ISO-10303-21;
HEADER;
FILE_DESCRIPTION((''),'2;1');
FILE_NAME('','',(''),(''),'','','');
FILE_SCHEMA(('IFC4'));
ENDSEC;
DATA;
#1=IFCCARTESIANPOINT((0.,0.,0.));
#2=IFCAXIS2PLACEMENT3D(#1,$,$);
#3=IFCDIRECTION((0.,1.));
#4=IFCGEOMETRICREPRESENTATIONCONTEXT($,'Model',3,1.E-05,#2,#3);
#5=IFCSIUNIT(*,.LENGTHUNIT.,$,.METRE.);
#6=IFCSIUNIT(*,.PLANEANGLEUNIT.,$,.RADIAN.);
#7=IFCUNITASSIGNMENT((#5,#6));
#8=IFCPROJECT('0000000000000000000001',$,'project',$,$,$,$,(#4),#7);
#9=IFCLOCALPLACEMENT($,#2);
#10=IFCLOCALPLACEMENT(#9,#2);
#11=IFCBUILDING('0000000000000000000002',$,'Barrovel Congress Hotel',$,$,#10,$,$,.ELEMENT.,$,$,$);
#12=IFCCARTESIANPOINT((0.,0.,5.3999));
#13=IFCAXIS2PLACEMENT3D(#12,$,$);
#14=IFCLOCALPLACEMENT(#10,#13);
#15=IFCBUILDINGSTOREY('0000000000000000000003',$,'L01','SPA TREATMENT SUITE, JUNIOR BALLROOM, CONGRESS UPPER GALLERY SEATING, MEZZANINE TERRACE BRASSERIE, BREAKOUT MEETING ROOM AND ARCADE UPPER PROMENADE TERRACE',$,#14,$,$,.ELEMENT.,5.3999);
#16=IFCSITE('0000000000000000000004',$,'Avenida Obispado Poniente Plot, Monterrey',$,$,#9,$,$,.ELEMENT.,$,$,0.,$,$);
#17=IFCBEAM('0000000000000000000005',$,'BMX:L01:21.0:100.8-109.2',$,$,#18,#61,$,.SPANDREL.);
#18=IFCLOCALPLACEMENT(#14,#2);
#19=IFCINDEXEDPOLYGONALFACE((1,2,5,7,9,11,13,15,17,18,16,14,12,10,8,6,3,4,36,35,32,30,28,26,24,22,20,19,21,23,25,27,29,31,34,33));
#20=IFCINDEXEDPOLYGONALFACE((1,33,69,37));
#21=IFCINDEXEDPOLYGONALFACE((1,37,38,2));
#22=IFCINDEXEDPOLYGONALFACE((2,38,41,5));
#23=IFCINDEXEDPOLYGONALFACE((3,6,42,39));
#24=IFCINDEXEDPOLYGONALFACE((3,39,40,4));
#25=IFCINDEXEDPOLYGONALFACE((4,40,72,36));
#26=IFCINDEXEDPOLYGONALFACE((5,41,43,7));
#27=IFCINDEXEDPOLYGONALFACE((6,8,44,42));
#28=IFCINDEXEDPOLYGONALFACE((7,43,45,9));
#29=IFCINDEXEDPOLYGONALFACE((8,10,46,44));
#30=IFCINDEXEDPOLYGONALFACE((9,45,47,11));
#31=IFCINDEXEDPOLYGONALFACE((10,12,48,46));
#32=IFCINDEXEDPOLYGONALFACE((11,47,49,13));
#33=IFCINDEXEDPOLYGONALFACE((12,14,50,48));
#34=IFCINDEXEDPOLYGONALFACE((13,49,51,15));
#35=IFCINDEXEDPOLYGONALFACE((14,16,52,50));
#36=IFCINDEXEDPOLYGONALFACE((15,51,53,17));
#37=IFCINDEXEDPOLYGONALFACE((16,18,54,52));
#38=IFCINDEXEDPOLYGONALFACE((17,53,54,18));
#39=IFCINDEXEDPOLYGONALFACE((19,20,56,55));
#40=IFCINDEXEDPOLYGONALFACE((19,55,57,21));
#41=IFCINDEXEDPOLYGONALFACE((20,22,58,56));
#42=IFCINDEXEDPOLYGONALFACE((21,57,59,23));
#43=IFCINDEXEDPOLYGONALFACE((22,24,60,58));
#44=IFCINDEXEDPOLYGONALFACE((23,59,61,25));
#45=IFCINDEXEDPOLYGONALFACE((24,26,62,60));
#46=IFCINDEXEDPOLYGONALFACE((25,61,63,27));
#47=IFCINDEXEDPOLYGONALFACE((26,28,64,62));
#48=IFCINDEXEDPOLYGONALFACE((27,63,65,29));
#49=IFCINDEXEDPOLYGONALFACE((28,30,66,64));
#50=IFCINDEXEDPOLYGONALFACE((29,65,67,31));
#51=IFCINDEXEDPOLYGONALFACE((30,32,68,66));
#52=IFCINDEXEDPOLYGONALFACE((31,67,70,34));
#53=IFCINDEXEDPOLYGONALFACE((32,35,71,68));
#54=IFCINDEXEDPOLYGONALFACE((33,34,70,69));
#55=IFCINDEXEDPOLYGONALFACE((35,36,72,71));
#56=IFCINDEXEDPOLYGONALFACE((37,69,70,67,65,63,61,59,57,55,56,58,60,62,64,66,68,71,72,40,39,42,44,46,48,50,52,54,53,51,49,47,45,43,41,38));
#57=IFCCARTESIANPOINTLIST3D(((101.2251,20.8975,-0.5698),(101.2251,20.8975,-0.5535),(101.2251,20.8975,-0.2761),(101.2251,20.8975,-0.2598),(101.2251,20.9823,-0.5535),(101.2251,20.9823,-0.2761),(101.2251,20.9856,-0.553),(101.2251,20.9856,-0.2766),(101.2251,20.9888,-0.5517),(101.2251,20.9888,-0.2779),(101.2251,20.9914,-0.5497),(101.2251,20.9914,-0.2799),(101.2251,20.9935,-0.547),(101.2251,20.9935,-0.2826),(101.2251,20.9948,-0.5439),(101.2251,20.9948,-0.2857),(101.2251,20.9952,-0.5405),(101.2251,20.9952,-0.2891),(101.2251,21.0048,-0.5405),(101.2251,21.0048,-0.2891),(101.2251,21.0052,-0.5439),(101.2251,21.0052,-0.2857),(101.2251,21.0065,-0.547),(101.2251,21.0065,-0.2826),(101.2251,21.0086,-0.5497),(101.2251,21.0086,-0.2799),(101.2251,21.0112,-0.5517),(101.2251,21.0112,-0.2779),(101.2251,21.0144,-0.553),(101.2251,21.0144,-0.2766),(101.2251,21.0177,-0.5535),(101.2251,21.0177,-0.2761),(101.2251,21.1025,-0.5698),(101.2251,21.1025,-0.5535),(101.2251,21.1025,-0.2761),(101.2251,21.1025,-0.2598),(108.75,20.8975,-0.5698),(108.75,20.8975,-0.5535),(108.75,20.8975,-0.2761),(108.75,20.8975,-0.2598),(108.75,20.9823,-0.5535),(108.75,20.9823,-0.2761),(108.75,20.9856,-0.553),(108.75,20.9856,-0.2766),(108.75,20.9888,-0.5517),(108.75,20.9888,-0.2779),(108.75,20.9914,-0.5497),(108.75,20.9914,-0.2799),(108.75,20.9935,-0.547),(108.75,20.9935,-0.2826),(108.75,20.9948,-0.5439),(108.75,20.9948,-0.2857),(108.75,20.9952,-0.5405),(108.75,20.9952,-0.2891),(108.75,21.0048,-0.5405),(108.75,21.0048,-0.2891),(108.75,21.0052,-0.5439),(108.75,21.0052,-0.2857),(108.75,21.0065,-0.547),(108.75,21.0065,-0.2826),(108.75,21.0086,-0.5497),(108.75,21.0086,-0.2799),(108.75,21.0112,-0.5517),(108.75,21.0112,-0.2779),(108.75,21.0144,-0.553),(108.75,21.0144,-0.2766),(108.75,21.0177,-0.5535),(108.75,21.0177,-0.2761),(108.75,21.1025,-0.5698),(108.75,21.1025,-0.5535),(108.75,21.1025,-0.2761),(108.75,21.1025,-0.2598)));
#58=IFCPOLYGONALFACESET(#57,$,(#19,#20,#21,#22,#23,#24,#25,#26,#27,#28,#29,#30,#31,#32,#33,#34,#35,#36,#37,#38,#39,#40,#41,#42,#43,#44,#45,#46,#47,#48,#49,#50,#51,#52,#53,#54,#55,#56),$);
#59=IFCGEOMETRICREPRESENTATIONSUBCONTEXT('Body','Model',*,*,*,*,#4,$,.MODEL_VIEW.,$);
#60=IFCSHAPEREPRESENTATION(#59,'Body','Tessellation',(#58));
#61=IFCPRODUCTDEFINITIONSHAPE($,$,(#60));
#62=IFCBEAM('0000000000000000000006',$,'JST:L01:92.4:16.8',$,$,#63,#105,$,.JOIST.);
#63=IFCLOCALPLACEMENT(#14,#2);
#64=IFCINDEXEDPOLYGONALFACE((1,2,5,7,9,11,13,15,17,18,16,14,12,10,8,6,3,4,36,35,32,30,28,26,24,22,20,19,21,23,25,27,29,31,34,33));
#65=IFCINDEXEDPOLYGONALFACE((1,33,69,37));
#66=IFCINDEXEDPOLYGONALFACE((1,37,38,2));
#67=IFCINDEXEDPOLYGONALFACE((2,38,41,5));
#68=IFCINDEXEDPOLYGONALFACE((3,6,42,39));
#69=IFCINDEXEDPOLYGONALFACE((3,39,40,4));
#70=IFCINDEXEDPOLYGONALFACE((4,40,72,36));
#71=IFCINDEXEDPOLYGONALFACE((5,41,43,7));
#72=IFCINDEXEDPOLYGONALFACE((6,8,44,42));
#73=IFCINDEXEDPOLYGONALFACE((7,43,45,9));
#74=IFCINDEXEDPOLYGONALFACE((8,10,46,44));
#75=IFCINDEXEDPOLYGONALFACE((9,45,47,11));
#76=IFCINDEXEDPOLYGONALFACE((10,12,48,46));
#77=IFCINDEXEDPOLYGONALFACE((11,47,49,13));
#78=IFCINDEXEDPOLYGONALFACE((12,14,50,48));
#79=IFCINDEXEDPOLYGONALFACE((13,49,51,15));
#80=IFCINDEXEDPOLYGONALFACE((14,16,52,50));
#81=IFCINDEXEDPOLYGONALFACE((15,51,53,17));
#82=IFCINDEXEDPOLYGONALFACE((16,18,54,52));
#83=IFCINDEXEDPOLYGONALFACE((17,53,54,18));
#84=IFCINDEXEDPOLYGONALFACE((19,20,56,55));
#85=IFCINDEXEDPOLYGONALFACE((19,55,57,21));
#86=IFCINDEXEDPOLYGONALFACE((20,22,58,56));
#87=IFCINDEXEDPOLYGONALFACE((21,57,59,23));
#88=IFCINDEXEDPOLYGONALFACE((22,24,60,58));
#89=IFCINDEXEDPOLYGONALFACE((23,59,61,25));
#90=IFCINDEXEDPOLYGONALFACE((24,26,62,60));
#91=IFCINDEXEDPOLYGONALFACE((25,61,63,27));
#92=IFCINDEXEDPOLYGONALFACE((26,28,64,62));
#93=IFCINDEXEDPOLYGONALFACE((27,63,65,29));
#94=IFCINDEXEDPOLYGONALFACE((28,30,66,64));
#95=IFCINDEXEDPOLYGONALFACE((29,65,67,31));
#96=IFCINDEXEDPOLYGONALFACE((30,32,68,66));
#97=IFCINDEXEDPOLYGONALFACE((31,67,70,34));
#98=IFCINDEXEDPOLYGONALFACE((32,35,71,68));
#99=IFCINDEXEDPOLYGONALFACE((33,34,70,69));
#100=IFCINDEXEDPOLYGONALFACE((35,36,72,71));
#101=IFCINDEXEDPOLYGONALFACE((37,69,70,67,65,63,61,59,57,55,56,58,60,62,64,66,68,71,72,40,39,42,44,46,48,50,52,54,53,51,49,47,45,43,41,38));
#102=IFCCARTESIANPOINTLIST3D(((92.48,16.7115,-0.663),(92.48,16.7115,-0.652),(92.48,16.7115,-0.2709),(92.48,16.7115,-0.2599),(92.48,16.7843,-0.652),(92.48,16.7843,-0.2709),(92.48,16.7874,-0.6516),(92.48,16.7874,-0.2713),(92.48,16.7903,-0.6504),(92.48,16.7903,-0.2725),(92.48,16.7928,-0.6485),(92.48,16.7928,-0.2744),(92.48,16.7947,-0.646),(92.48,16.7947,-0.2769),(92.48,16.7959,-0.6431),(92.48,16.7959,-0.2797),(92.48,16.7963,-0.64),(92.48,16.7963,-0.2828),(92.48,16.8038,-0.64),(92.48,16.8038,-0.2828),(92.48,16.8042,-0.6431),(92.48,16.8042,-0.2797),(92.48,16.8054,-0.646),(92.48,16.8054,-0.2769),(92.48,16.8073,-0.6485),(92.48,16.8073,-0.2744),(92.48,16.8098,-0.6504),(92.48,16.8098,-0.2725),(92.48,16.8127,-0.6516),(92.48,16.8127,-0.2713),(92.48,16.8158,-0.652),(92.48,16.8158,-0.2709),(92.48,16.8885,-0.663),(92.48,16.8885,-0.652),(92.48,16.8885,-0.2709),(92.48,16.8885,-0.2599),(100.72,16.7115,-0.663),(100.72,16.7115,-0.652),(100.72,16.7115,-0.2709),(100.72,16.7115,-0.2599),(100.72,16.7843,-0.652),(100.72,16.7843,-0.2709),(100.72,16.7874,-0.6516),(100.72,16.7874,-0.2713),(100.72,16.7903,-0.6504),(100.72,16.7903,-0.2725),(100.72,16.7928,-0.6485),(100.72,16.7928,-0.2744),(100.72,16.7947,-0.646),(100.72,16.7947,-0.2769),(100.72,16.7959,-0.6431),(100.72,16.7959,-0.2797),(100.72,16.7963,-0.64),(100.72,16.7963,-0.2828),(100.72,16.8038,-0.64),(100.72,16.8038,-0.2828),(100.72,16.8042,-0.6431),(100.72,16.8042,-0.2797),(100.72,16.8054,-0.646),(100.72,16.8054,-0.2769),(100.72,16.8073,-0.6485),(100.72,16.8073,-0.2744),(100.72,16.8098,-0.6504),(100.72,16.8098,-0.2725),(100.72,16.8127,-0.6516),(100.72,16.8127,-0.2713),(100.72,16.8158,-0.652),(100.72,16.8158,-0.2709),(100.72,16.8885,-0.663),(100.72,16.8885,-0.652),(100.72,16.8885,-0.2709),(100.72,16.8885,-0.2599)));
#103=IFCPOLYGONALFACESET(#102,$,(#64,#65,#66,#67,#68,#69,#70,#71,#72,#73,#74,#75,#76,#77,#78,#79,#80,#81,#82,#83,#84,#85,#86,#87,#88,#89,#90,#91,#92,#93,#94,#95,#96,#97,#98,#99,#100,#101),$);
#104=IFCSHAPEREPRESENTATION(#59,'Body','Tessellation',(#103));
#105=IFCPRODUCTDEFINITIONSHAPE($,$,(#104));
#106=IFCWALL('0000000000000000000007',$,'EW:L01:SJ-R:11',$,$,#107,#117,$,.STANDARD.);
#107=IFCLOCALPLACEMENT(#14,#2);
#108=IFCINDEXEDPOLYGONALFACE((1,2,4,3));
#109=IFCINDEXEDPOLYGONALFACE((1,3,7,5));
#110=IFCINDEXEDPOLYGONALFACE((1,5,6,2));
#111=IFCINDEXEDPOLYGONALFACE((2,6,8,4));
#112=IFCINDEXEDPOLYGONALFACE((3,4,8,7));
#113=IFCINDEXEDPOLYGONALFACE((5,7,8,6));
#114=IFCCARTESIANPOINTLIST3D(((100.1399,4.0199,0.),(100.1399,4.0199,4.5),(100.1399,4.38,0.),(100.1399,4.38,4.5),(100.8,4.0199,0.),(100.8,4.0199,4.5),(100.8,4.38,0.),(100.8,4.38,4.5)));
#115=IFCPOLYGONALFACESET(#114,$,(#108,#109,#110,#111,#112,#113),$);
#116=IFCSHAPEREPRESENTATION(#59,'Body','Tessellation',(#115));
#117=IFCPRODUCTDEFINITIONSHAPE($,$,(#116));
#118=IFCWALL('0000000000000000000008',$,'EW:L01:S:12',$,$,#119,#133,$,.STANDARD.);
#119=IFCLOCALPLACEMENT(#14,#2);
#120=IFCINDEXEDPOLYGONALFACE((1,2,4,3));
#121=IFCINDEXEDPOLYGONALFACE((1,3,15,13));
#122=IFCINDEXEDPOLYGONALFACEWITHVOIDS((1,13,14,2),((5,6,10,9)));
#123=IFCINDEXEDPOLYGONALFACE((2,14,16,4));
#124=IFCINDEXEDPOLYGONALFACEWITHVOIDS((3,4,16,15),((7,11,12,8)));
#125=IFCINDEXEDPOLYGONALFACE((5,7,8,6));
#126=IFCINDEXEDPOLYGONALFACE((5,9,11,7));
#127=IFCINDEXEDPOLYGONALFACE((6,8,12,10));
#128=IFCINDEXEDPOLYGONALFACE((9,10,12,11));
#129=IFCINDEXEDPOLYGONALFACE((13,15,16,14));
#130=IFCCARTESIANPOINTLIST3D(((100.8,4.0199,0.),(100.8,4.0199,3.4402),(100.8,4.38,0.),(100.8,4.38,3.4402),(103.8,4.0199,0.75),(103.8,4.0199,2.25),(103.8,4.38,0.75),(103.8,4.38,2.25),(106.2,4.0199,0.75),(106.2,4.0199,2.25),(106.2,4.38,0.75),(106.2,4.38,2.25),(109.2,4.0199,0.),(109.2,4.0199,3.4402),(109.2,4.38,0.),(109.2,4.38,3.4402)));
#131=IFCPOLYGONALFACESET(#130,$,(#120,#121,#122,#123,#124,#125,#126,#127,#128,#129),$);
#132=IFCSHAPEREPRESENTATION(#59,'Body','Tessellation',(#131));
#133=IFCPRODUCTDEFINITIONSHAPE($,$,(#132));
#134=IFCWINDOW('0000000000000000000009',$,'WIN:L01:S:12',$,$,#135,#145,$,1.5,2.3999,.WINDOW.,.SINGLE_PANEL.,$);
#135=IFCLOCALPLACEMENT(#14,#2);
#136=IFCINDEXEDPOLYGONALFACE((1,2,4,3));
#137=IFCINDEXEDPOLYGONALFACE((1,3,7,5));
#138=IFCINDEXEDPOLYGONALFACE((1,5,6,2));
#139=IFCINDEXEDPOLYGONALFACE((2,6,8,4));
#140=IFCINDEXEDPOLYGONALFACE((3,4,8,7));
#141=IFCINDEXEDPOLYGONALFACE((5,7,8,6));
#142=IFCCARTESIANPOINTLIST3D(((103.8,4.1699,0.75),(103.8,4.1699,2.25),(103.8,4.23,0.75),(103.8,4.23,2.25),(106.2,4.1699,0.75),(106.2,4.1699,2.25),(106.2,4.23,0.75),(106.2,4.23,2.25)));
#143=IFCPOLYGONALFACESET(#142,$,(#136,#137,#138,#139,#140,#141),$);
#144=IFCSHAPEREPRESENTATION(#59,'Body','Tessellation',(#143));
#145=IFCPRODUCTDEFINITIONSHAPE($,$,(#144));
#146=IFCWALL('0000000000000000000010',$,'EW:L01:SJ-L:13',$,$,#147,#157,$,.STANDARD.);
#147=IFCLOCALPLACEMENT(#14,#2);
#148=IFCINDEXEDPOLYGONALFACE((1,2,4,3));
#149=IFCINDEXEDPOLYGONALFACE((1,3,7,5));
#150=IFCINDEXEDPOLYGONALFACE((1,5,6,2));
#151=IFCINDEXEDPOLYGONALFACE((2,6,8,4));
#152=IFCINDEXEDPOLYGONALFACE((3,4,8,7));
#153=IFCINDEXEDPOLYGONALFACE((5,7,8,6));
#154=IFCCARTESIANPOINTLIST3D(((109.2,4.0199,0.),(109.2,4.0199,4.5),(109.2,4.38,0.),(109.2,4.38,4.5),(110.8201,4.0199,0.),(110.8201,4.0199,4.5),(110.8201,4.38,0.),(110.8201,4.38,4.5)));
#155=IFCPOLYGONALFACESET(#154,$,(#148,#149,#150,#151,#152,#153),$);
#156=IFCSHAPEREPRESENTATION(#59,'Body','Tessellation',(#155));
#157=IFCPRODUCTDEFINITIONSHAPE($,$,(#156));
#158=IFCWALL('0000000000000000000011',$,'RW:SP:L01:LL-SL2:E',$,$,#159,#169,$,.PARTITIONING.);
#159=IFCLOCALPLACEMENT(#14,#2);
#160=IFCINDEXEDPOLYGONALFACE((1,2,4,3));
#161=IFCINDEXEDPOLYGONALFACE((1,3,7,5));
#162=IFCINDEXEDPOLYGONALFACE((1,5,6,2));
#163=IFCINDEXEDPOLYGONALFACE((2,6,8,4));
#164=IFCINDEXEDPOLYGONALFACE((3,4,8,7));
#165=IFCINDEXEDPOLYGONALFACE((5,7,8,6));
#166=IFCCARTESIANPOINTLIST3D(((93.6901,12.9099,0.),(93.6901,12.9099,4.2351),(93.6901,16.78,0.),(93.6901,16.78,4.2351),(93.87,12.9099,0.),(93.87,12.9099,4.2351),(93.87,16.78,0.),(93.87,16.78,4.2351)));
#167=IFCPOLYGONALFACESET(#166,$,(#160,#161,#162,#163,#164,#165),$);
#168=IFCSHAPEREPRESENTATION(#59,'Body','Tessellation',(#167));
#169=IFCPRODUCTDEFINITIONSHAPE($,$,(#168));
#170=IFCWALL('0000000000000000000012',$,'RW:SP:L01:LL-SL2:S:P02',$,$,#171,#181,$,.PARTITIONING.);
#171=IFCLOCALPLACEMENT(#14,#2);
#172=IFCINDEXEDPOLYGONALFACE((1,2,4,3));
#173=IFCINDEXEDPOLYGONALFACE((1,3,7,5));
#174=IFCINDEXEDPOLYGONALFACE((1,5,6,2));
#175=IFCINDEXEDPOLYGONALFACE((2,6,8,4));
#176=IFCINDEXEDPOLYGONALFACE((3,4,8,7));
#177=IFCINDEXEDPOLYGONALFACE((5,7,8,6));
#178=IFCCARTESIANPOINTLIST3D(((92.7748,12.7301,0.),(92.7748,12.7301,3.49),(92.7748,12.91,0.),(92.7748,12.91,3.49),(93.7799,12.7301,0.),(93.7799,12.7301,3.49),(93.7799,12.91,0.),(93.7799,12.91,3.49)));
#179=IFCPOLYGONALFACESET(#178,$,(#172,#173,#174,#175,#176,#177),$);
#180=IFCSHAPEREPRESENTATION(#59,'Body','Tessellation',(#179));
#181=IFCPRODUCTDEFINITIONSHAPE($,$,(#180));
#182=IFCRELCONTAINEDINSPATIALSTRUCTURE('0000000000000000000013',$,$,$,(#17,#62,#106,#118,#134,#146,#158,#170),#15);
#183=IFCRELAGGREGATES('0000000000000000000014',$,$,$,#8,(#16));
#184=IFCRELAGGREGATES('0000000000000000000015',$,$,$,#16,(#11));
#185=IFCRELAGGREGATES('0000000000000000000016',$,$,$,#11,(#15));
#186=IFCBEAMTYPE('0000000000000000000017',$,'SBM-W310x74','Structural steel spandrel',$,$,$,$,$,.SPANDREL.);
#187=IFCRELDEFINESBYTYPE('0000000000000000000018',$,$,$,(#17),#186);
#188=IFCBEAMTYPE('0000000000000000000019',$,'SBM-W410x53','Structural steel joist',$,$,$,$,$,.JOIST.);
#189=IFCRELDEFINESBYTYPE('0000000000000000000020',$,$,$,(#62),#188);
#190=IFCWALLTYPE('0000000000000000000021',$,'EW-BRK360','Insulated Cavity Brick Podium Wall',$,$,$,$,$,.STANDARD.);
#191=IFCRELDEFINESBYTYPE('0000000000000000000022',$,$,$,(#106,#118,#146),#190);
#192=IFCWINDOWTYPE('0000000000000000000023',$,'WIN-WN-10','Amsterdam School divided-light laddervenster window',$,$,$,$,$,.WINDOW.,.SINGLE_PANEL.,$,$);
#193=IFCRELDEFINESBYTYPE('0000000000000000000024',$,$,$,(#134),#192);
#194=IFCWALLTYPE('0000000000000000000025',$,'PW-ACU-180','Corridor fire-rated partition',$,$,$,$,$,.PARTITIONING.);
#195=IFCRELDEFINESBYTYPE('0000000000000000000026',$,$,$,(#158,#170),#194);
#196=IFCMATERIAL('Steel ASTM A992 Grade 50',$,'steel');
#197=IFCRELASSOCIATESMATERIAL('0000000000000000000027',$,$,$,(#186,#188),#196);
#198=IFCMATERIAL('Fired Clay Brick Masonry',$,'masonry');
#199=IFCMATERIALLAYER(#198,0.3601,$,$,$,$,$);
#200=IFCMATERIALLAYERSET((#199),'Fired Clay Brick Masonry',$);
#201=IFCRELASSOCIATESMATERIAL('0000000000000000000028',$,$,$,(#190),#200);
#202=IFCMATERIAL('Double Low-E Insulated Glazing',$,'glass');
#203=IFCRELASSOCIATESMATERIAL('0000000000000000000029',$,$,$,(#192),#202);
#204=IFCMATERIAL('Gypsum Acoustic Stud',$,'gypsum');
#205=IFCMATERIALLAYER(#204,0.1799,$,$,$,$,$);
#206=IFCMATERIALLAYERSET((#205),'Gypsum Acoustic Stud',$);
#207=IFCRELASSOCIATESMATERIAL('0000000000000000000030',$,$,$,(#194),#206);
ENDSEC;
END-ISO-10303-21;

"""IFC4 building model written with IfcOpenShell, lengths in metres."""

from ifc_helpers import new_model, si_unit, direction, frame, frame_2d, origin, origin_2d, place, context, subcontext, project, spatial, rectangle, i_section, extrude, material, layer, layer_set, material_profile, profile_set, type_object, element, fill, save


model = new_model("IFC4")

# Units and contexts
model_context = context("Model", 3, precision=1e-05, world=origin(), true_north=direction((0.0, 1.0)))
body_context = subcontext(model_context, "Body", "Model", "MODEL_VIEW")
ifc_project = project(units=[si_unit("LENGTHUNIT", "METRE"), si_unit("PLANEANGLEUNIT", "RADIAN")], contexts=[model_context])

# Site, building, storey
site_placement = place(None, origin())
site = spatial("IfcSite", under=ifc_project, at=site_placement, Name="Avenida Obispado Poniente Plot, Monterrey", CompositionType="ELEMENT", RefElevation=0.0)
building_placement = place(site_placement, origin())
building = spatial("IfcBuilding", under=site, at=building_placement, Name="Barrovel Congress Hotel", CompositionType="ELEMENT")
storey_placement = place(building_placement, frame((0.0, 0.0, 5.3999)))
storey = spatial("IfcBuildingStorey", under=building, at=storey_placement, Name="L01", Description="SPA TREATMENT SUITE, JUNIOR BALLROOM, CONGRESS UPPER GALLERY SEATING, MEZZANINE TERRACE BRASSERIE, BREAKOUT MEETING ROOM AND ARCADE UPPER PROMENADE TERRACE", CompositionType="ELEMENT", Elevation=5.3999)

# Beams
ifc_material_1 = material(Name="Steel ASTM A992 Grade 50", Category="steel")
ifc_material_profile_1 = material_profile(ifc_material_1, i_section(OverallWidth=0.2051, OverallDepth=0.3101, WebThickness=0.0095, FlangeThickness=0.0164, FilletRadius=0.0129, at=origin_2d()), Name="W310x74")
ifc_profile_set_1 = profile_set([ifc_material_profile_1], Name="Steel ASTM A992 Grade 50")
beam_type_1 = type_object("IfcBeamType", Name="SBM-W310x74", Description="Structural steel spandrel", PredefinedType="SPANDREL", material=ifc_profile_set_1)
beam_1_placement = place(storey_placement, frame((101.2251, 21.0, -0.4148), z_axis=(1.0, 0.0, 0.0), x_axis=(0.0, 1.0, 0.0)))
element("IfcBeam", 1, at=beam_1_placement, inside=storey, type_object=beam_type_1, Name="BMX:L01:21.0:100.8-109.2", PredefinedType="SPANDREL", context=body_context, shape_type="SweptSolid", body=[
    extrude(i_section(OverallWidth=0.2051, OverallDepth=0.3101, WebThickness=0.0095, FlangeThickness=0.0164, FilletRadius=0.0129, at=origin_2d()), origin(), (0.0, 0.0, 1.0), 7.5249),
])
ifc_material_profile_2 = material_profile(ifc_material_1, i_section(OverallWidth=0.177, OverallDepth=0.4031, WebThickness=0.0076, FlangeThickness=0.011, FilletRadius=0.012, at=origin_2d()), Name="W410x53")
ifc_profile_set_2 = profile_set([ifc_material_profile_2], Name="Steel ASTM A992 Grade 50")
beam_type_2 = type_object("IfcBeamType", Name="SBM-W410x53", Description="Structural steel joist", PredefinedType="JOIST", material=ifc_profile_set_2)
beam_2_placement = place(storey_placement, frame((92.48, 16.8, -0.4614), z_axis=(1.0, 0.0, 0.0), x_axis=(0.0, 1.0, 0.0)))
element("IfcBeam", 2, at=beam_2_placement, inside=storey, type_object=beam_type_2, Name="JST:L01:92.4:16.8", PredefinedType="JOIST", context=body_context, shape_type="SweptSolid", body=[
    extrude(i_section(OverallWidth=0.177, OverallDepth=0.4031, WebThickness=0.0076, FlangeThickness=0.011, FilletRadius=0.012, at=origin_2d()), origin(), (0.0, 0.0, 1.0), 8.24),
])

# Wall
ifc_material_2 = material(Name="Fired Clay Brick Masonry", Category="masonry")
ifc_layer_1 = layer(ifc_material_2, 0.3601)
ifc_layer_set_1 = layer_set([ifc_layer_1], Name="Fired Clay Brick Masonry")
wall_type_1 = type_object("IfcWallType", Name="EW-BRK360", Description="Insulated Cavity Brick Podium Wall", PredefinedType="STANDARD", material=ifc_layer_set_1)
wall_1_placement = place(storey_placement, frame((100.1399, 4.2, 0.0), z_axis=(0.0, 0.0, 1.0), x_axis=(1.0, 0.0, 0.0)))
element("IfcWall", 3, at=wall_1_placement, inside=storey, type_object=wall_type_1, Name="EW:L01:SJ-R:11", PredefinedType="STANDARD", context=body_context, shape_type="SweptSolid", body=[
    extrude(rectangle(XDim=0.6602, YDim=0.3601, at=frame_2d((0.3301, 0.0))), origin(), (0.0, 0.0, 1.0), 4.5),
])

# Wall, opening, window
wall_2_placement = place(storey_placement, frame((100.8, 4.2, 0.0), z_axis=(0.0, 0.0, 1.0), x_axis=(1.0, 0.0, 0.0)))
wall_2 = element("IfcWall", 4, at=wall_2_placement, inside=storey, type_object=wall_type_1, Name="EW:L01:S:12", PredefinedType="STANDARD", context=body_context, shape_type="SweptSolid", body=[
    extrude(rectangle(XDim=8.3999, YDim=0.3601, at=frame_2d((4.2, 0.0))), origin(), (0.0, 0.0, 1.0), 3.4402),
])
opening_1_placement = place(wall_2_placement, frame((3.0, 0.0, 0.75)))
opening_1 = element("IfcOpeningElement", 5, at=opening_1_placement, cuts=wall_2, PredefinedType="OPENING", context=body_context, shape_type="SweptSolid", body=[
    extrude(rectangle(XDim=2.3999, YDim=1.5, at=frame_2d((1.2, 0.75))), frame((0.0, 0.1899, 0.0), z_axis=(0.0, -1.0, 0.0), x_axis=(1.0, 0.0, 0.0)), (0.0, 0.0, 1.0), 0.3801),
])
ifc_material_3 = material(Name="Double Low-E Insulated Glazing", Category="glass")
window_type = type_object("IfcWindowType", Name="WIN-WN-10", Description="Amsterdam School divided-light laddervenster window", PartitioningType="SINGLE_PANEL", PredefinedType="WINDOW", material=ifc_material_3)
window_placement = place(opening_1_placement, origin())
window = element("IfcWindow", 6, at=window_placement, inside=storey, type_object=window_type, Name="WIN:L01:S:12", OverallHeight=1.5, OverallWidth=2.3999, PartitioningType="SINGLE_PANEL", PredefinedType="WINDOW", context=body_context, shape_type="SweptSolid", body=[
    extrude(rectangle(XDim=2.3999, YDim=1.5, at=frame_2d((1.2, 0.75))), frame((0.0, 0.03, 0.0), z_axis=(0.0, -1.0, 0.0), x_axis=(1.0, 0.0, 0.0)), (0.0, 0.0, 1.0), 0.0601),
])
fill(opening_1, window)

# Walls
wall_3_placement = place(storey_placement, frame((109.2, 4.2, 0.0), z_axis=(0.0, 0.0, 1.0), x_axis=(1.0, 0.0, 0.0)))
element("IfcWall", 7, at=wall_3_placement, inside=storey, type_object=wall_type_1, Name="EW:L01:SJ-L:13", PredefinedType="STANDARD", context=body_context, shape_type="SweptSolid", body=[
    extrude(rectangle(XDim=1.6201, YDim=0.3601, at=frame_2d((0.8101, 0.0))), origin(), (0.0, 0.0, 1.0), 4.5),
])
ifc_material_4 = material(Name="Gypsum Acoustic Stud", Category="gypsum")
ifc_layer_2 = layer(ifc_material_4, 0.1799)
ifc_layer_set_2 = layer_set([ifc_layer_2], Name="Gypsum Acoustic Stud")
wall_type_2 = type_object("IfcWallType", Name="PW-ACU-180", Description="Corridor fire-rated partition", PredefinedType="PARTITIONING", material=ifc_layer_set_2)
wall_4_placement = place(storey_placement, frame((93.78, 12.9099, 0.0), z_axis=(0.0, 0.0, 1.0), x_axis=(0.0, 1.0, 0.0)))
element("IfcWall", 8, at=wall_4_placement, inside=storey, type_object=wall_type_2, Name="RW:SP:L01:LL-SL2:E", PredefinedType="PARTITIONING", context=body_context, shape_type="SweptSolid", body=[
    extrude(rectangle(XDim=3.8701, YDim=0.1799, at=frame_2d((1.9351, 0.0))), origin(), (0.0, 0.0, 1.0), 4.2351),
])
wall_5_placement = place(storey_placement, frame((92.7749, 12.8201, 0.0), z_axis=(0.0, 0.0, 1.0), x_axis=(1.0, 0.0, 0.0)))
element("IfcWall", 9, at=wall_5_placement, inside=storey, type_object=wall_type_2, Name="RW:SP:L01:LL-SL2:S:P02", PredefinedType="PARTITIONING", context=body_context, shape_type="SweptSolid", body=[
    extrude(rectangle(XDim=1.0051, YDim=0.1799, at=frame_2d((0.5024, 0.0))), origin(), (0.0, 0.0, 1.0), 3.49),
])

save(model, "model.ifc")
